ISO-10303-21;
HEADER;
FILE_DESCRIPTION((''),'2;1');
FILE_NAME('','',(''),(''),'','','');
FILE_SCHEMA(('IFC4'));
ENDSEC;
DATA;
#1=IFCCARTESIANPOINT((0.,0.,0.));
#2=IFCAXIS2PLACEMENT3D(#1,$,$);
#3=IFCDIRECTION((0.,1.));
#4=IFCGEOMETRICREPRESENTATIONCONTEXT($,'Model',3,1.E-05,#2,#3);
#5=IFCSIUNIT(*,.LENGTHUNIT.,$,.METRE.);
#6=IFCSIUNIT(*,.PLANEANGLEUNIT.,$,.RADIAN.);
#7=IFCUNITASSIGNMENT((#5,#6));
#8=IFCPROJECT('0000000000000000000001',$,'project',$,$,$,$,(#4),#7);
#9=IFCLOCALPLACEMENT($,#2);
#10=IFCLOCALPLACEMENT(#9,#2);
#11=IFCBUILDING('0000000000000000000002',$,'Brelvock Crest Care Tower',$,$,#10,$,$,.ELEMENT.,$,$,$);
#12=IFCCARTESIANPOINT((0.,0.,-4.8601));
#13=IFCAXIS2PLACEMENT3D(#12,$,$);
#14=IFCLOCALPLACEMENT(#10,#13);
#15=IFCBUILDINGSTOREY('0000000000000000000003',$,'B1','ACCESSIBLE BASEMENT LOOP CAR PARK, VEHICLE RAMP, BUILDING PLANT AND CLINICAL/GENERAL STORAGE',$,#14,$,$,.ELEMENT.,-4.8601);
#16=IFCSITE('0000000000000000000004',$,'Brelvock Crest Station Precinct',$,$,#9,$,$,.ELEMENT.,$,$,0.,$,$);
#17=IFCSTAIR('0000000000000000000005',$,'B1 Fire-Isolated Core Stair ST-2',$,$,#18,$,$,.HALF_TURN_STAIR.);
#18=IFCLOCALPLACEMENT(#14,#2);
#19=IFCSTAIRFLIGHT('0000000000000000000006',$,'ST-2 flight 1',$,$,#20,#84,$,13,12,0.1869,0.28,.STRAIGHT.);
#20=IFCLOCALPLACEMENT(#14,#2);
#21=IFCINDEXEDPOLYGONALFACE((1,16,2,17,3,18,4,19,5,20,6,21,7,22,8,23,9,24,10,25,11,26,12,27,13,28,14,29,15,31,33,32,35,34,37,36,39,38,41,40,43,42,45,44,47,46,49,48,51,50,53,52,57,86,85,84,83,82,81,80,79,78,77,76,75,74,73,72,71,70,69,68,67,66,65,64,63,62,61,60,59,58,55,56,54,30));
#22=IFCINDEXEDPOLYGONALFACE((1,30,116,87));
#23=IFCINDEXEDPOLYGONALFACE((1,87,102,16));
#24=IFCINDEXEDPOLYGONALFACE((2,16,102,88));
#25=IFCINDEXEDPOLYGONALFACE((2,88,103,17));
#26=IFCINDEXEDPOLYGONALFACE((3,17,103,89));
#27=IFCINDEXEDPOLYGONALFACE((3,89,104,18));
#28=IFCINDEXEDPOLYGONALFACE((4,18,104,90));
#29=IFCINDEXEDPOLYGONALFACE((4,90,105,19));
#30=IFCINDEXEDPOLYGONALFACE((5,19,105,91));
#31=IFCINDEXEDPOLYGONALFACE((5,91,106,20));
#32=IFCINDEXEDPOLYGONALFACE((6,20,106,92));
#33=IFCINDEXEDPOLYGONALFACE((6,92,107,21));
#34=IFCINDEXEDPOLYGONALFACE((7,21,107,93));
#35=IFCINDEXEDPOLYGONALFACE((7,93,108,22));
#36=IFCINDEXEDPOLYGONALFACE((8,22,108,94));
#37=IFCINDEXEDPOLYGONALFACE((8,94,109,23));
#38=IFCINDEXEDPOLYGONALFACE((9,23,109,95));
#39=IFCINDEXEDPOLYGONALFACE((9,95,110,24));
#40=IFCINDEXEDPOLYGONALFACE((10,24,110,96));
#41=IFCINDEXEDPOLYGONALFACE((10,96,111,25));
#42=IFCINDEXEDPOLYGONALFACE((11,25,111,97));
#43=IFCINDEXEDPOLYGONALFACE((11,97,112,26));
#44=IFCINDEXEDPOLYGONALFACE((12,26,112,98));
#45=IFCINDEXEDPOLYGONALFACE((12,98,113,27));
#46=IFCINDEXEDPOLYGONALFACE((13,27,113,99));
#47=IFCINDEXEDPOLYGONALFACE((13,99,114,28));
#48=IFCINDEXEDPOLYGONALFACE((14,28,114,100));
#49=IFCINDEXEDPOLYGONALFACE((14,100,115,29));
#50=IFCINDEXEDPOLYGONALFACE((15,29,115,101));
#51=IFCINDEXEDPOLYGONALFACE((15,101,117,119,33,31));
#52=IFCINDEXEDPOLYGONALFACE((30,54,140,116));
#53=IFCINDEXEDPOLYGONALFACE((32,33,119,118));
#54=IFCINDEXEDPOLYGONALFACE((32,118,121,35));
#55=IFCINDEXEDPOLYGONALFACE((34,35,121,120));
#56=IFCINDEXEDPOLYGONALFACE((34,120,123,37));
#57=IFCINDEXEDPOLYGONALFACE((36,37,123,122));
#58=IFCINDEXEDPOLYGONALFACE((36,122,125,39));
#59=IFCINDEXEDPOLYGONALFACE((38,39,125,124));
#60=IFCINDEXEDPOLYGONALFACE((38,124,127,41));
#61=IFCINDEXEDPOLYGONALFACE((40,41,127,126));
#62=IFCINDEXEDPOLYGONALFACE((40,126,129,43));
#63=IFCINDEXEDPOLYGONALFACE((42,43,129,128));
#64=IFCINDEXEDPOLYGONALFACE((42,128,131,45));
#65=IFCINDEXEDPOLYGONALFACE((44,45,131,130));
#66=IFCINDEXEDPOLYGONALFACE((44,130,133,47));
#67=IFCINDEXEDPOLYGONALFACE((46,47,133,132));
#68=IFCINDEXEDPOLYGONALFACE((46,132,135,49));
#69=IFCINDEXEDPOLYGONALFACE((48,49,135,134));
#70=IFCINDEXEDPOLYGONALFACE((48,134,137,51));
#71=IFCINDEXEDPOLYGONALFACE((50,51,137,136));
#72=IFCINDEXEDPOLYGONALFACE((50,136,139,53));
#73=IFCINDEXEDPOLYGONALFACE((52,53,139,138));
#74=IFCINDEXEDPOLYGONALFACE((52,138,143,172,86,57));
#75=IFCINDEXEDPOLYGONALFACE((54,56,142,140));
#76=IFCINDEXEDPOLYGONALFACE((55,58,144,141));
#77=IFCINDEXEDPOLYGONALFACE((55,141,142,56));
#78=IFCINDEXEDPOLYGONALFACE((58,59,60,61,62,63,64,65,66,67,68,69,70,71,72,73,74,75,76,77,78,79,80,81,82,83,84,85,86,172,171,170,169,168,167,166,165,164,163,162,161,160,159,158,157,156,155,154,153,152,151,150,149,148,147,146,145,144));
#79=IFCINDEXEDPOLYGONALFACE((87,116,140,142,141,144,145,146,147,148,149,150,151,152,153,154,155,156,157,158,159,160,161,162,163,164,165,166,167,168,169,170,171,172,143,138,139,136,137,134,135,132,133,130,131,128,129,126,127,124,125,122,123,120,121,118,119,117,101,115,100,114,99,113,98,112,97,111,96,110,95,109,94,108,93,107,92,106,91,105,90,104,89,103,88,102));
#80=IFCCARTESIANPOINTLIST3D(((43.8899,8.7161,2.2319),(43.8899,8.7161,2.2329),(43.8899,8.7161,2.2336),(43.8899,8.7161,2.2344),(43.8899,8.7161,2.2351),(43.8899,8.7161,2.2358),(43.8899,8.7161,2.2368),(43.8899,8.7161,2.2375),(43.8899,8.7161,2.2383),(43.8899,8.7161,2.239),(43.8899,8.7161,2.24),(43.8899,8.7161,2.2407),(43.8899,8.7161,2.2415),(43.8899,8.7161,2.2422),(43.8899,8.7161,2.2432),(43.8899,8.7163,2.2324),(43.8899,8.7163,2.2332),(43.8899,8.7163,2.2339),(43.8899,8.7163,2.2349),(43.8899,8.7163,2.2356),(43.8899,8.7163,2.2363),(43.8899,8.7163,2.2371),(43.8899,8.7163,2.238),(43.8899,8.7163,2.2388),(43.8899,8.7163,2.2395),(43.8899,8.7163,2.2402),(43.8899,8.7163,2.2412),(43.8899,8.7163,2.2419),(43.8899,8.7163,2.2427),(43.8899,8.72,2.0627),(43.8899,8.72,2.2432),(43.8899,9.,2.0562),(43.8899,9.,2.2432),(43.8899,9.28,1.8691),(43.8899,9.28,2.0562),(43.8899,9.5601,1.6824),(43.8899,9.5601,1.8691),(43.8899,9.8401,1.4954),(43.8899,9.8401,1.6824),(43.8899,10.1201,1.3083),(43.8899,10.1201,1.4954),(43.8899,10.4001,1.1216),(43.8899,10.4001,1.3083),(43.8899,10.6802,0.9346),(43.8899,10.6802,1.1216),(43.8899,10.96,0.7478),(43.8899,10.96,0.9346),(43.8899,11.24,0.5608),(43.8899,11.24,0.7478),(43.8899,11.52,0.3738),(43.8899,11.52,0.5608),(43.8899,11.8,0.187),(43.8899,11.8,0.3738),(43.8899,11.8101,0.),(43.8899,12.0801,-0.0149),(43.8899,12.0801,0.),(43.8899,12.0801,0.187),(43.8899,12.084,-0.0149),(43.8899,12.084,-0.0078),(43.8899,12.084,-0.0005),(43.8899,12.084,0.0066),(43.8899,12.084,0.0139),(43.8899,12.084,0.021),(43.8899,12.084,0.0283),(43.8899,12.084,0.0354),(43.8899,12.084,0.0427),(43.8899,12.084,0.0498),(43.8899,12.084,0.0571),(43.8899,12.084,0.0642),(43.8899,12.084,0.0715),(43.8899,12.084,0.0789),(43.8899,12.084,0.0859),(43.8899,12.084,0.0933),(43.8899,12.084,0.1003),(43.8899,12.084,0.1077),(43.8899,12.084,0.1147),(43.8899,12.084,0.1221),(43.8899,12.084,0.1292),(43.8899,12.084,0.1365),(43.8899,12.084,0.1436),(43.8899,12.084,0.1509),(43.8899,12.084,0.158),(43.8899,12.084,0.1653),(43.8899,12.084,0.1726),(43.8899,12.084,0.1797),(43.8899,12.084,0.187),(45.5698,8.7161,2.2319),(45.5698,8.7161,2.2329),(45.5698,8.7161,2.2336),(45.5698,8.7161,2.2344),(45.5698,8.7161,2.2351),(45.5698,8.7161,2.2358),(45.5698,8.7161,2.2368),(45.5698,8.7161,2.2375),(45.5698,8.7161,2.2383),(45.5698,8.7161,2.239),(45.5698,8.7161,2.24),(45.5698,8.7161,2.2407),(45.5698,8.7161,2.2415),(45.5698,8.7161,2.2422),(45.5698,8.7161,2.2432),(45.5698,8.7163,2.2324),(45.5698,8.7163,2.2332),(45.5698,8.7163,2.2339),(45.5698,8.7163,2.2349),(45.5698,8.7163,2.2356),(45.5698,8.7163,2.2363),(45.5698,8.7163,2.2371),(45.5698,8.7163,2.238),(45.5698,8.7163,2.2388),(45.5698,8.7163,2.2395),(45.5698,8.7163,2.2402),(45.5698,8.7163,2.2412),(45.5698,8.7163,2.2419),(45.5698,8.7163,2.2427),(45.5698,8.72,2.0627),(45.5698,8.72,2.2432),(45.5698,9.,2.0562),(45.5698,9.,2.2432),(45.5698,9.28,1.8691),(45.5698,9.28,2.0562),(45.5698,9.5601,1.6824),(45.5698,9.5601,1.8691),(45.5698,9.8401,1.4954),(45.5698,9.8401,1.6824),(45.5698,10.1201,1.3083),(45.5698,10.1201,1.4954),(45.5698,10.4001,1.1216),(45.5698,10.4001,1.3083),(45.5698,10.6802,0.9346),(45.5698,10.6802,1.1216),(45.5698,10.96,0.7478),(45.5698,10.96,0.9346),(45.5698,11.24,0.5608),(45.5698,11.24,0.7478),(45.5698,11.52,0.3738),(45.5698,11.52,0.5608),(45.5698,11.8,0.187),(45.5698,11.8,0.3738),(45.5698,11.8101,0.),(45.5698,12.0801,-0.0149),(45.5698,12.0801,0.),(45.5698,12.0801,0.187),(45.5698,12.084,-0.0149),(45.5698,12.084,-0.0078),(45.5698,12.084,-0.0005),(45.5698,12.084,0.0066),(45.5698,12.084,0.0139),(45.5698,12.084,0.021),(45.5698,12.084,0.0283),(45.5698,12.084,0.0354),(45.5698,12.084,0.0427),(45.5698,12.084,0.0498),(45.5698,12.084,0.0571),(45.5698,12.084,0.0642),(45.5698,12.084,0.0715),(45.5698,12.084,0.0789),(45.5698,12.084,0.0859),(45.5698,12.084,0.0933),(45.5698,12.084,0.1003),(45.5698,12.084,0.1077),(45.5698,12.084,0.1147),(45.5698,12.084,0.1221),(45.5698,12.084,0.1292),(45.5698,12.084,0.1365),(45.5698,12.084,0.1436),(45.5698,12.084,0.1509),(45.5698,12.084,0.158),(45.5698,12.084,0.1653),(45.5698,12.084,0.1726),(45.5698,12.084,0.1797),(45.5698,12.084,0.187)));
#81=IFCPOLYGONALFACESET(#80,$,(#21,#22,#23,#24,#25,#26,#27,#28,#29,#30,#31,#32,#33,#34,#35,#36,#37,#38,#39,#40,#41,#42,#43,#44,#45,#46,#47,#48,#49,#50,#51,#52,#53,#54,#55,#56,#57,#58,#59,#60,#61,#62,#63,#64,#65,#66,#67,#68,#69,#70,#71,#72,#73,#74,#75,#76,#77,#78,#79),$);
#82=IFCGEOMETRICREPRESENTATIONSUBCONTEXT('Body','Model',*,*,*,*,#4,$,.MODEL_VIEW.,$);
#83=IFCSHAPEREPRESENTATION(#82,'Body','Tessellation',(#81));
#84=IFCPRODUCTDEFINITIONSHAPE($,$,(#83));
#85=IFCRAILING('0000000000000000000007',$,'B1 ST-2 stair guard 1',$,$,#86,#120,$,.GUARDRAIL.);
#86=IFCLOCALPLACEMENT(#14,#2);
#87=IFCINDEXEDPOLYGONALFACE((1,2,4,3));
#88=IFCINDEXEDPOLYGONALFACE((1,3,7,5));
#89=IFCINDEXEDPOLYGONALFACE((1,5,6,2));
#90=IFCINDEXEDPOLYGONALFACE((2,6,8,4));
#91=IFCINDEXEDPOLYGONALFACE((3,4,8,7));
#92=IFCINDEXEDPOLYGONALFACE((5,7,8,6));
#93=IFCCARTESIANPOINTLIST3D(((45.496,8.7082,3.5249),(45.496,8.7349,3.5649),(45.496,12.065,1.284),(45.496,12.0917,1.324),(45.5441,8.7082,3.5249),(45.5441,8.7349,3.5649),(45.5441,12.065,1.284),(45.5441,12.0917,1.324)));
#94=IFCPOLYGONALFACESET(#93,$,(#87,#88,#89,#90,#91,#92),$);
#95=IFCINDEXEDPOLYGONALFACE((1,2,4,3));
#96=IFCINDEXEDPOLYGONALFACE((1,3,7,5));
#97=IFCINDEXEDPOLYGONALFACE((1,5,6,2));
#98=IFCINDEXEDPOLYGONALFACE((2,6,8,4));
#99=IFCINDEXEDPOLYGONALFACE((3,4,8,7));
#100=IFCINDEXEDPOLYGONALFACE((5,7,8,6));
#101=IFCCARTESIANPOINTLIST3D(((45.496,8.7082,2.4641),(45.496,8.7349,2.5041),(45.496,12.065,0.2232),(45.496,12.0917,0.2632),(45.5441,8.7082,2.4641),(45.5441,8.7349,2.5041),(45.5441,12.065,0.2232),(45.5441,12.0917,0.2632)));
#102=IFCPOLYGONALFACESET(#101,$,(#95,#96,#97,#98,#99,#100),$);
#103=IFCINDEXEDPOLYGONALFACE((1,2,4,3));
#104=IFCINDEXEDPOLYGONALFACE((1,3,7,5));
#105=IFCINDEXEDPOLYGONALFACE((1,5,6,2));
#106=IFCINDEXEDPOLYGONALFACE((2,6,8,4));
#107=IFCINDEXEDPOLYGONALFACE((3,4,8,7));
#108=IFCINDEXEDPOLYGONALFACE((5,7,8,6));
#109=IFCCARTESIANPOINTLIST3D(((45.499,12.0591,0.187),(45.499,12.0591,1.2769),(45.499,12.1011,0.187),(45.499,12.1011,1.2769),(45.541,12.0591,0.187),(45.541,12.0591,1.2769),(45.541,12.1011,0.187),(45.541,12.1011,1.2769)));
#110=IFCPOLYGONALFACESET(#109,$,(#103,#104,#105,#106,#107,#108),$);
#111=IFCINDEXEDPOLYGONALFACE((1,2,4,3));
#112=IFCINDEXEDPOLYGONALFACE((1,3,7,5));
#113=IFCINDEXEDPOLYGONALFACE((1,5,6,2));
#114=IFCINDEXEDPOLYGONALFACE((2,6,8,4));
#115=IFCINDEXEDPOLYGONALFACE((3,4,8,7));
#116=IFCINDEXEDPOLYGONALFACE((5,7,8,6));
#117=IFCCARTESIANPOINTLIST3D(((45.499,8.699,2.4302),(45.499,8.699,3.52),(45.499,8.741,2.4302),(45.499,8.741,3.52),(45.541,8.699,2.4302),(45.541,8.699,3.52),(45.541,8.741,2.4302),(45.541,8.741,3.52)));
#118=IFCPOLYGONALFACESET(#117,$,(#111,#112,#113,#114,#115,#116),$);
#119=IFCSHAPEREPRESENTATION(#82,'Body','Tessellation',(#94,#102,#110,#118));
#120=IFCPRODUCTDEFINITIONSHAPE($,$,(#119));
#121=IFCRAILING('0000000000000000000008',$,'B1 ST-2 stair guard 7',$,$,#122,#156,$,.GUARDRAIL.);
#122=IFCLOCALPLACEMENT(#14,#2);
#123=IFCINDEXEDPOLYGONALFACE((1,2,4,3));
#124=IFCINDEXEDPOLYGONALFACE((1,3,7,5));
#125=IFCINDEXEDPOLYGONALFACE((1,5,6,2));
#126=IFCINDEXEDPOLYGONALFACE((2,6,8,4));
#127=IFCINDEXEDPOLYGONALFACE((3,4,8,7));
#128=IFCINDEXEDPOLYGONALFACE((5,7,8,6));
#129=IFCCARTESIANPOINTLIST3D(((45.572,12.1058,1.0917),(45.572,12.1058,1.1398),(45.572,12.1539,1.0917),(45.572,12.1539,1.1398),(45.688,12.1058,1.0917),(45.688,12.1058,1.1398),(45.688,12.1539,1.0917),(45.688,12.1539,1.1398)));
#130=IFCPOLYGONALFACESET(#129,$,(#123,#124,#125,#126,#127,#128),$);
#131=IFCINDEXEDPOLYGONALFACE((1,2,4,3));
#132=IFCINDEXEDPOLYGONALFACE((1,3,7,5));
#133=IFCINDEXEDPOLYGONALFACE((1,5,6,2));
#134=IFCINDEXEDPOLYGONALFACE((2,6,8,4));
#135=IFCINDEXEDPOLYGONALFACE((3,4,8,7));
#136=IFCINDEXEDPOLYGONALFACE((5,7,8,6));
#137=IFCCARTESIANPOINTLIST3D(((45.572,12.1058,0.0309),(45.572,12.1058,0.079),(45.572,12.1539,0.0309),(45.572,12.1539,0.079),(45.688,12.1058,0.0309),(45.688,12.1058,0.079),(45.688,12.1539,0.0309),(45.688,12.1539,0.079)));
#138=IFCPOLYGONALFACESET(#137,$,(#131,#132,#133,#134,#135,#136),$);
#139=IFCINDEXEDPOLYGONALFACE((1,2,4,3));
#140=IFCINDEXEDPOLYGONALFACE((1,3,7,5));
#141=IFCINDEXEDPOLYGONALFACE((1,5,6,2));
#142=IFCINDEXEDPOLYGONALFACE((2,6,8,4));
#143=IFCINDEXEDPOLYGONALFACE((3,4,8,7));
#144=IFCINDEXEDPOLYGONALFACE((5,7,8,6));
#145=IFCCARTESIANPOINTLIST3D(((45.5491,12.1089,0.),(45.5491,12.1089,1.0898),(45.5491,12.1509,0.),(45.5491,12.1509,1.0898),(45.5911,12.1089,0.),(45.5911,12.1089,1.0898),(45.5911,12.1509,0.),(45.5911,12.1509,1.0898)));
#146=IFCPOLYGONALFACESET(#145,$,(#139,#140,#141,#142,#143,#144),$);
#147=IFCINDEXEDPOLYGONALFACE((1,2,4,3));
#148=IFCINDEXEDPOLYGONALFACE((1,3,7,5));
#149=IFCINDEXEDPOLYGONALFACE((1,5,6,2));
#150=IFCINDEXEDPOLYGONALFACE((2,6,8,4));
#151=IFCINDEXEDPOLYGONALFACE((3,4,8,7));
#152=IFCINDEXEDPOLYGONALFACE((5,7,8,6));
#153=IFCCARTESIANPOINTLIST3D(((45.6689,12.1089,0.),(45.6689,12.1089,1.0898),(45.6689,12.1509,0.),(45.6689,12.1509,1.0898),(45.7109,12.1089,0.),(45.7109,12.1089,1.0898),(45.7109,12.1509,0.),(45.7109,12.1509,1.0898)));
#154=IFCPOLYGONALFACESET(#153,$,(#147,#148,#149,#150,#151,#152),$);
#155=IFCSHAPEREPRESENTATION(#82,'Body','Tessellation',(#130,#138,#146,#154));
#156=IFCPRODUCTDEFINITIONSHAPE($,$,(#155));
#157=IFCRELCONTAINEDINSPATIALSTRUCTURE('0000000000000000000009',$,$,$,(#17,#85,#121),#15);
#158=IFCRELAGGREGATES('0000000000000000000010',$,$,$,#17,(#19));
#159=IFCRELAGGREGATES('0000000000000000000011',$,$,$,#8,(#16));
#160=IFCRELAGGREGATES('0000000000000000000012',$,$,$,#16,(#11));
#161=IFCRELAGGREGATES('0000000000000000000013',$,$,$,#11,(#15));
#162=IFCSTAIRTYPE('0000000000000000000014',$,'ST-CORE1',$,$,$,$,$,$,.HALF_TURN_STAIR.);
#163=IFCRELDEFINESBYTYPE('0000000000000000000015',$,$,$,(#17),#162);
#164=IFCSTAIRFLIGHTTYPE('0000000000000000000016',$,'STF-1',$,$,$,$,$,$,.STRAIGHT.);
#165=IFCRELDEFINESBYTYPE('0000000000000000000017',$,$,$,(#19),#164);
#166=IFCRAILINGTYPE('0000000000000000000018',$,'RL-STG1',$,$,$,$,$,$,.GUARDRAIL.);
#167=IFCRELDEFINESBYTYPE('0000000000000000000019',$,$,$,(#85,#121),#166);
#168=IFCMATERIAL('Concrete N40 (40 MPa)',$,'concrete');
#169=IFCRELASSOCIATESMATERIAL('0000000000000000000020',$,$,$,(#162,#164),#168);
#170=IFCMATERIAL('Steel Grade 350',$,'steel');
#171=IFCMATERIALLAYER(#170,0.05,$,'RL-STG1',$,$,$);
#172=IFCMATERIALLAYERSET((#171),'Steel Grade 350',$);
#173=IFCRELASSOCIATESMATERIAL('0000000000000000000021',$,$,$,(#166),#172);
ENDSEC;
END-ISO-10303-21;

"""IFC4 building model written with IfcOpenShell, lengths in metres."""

from ifc_helpers import new_model, si_unit, direction, frame, origin, origin_2d, place, context, subcontext, project, spatial, polyline, rectangle, outline, extrude, material, layer, layer_set, type_object, element, aggregate, save


model = new_model("IFC4")

# Units and contexts
model_context = context("Model", 3, precision=1e-05, world=origin(), true_north=direction((0.0, 1.0)))
body_context = subcontext(model_context, "Body", "Model", "MODEL_VIEW")
ifc_project = project(units=[si_unit("LENGTHUNIT", "METRE"), si_unit("PLANEANGLEUNIT", "RADIAN")], contexts=[model_context])

# Site, building, storey
site_placement = place(None, origin())
site = spatial("IfcSite", under=ifc_project, at=site_placement, Name="Brelvock Crest Station Precinct", CompositionType="ELEMENT", RefElevation=0.0)
building_placement = place(site_placement, origin())
building = spatial("IfcBuilding", under=site, at=building_placement, Name="Brelvock Crest Care Tower", CompositionType="ELEMENT")
storey_placement = place(building_placement, frame((0.0, 0.0, -4.8601)))
storey = spatial("IfcBuildingStorey", under=building, at=storey_placement, Name="B1", Description="ACCESSIBLE BASEMENT LOOP CAR PARK, VEHICLE RAMP, BUILDING PLANT AND CLINICAL/GENERAL STORAGE", CompositionType="ELEMENT", Elevation=-4.8601)

# Shared definitions
ifc_material_1 = material(Name="Steel Grade 350", Category="steel")

# Stair, stair flight
ifc_material_2 = material(Name="Concrete N40 (40 MPa)", Category="concrete")
stair_type = type_object("IfcStairType", Name="ST-CORE1", PredefinedType="HALF_TURN_STAIR", material=ifc_material_2)
stair_placement = place(storey_placement, origin())
stair = element("IfcStair", 1, at=stair_placement, inside=storey, type_object=stair_type, Name="B1 Fire-Isolated Core Stair ST-2", PredefinedType="HALF_TURN_STAIR")
stair_flight_type = type_object("IfcStairFlightType", Name="STF-1", PredefinedType="STRAIGHT", material=ifc_material_2)
stair_flight_placement = place(storey_placement, frame((44.73, 12.0801, 0.0), z_axis=(0.0, 0.0, 1.0), x_axis=(0.0, -1.0, 0.0)))
stair_flight = element("IfcStairFlight", 2, at=stair_flight_placement, type_object=stair_flight_type, Name="ST-2 flight 1", NumberOfRisers=13, NumberOfTreads=12, PredefinedType="STRAIGHT", RiserHeight=0.1869, TreadLength=0.28, context=body_context, shape_type="SweptSolid", body=[
    extrude(outline(polyline([(-0.0039, -0.0149), (-0.0039, -0.0078), (-0.0039, -0.0005), (-0.0039, 0.0066), (-0.0039, 0.0139), (-0.0039, 0.021), (-0.0039, 0.0283), (-0.0039, 0.0354), (-0.0039, 0.0427), (-0.0039, 0.0498), (-0.0039, 0.0571), (-0.0039, 0.0642), (-0.0039, 0.0715), (-0.0039, 0.0789), (-0.0039, 0.0859), (-0.0039, 0.0933), (-0.0039, 0.1003), (-0.0039, 0.1077), (-0.0039, 0.1147), (-0.0039, 0.1221), (-0.0039, 0.1292), (-0.0039, 0.1365), (-0.0039, 0.1436), (-0.0039, 0.1509), (-0.0039, 0.158), (-0.0039, 0.1653), (-0.0039, 0.1726), (-0.0039, 0.1797), (-0.0039, 0.187), (0.0, 0.187), (0.28, 0.187), (0.28, 0.3738), (0.5601, 0.3738), (0.5601, 0.5608), (0.8401, 0.5608), (0.8401, 0.7478), (1.1201, 0.7478), (1.1201, 0.9346), (1.3999, 0.9346), (1.3999, 1.1216), (1.6799, 1.1216), (1.6799, 1.3083), (1.96, 1.3083), (1.96, 1.4954), (2.24, 1.4954), (2.24, 1.6824), (2.52, 1.6824), (2.52, 1.8691), (2.8, 1.8691), (2.8, 2.0562), (3.0801, 2.0562), (3.0801, 2.2432), (3.3601, 2.2432), (3.364, 2.2432), (3.3638, 2.2427), (3.364, 2.2422), (3.3638, 2.2419), (3.364, 2.2415), (3.3638, 2.2412), (3.364, 2.2407), (3.3638, 2.2402), (3.364, 2.24), (3.3638, 2.2395), (3.364, 2.239), (3.3638, 2.2388), (3.364, 2.2383), (3.3638, 2.238), (3.364, 2.2375), (3.3638, 2.2371), (3.364, 2.2368), (3.3638, 2.2363), (3.364, 2.2358), (3.3638, 2.2356), (3.364, 2.2351), (3.3638, 2.2349), (3.364, 2.2344), (3.3638, 2.2339), (3.364, 2.2336), (3.3638, 2.2332), (3.364, 2.2329), (3.3638, 2.2324), (3.364, 2.2319), (3.3601, 2.0627), (0.27, 0.0), (0.0, 0.0), (0.0, -0.0149), (-0.0039, -0.0149)])), frame((0.0, 0.8398, 0.0), z_axis=(0.0, -1.0, 0.0), x_axis=(1.0, 0.0, 0.0)), (0.0, 0.0, 1.0), 1.6799),
])
aggregate(stair, [stair_flight])

# Railings
ifc_layer_1 = layer(ifc_material_1, 0.05, Name="RL-STG1")
ifc_layer_set_1 = layer_set([ifc_layer_1], Name="Steel Grade 350")
railing_type_1 = type_object("IfcRailingType", Name="RL-STG1", PredefinedType="GUARDRAIL", material=ifc_layer_set_1)
railing_1_placement = place(storey_placement, frame((45.52, 12.0801, 0.187)))
element("IfcRailing", 3, at=railing_1_placement, inside=storey, type_object=railing_type_1, Name="B1 ST-2 stair guard 1", PredefinedType="GUARDRAIL", context=body_context, shape_type="SweptSolid", body=[
    extrude(rectangle(XDim=0.0481, YDim=0.0481, at=origin_2d()), frame((0.0, -0.0017, 1.1169), z_axis=(0.0, -0.831697, 0.55523), x_axis=(1.0, 0.0, 0.0)), (0.0, 0.0, 1.0), 4.0361),
    extrude(rectangle(XDim=0.0481, YDim=0.0481, at=origin_2d()), frame((0.0, -0.0017, 0.0562), z_axis=(0.0, -0.831697, 0.55523), x_axis=(1.0, 0.0, 0.0)), (0.0, 0.0, 1.0), 4.0361),
    extrude(rectangle(XDim=0.042, YDim=0.042, at=origin_2d()), origin(), (0.0, 0.0, 1.0), 1.0898),
    extrude(rectangle(XDim=0.042, YDim=0.042, at=origin_2d()), frame((0.0, -3.3601, 2.2432)), (0.0, 0.0, 1.0), 1.0898),
])
railing_2_placement = place(storey_placement, frame((45.5701, 12.1299, 0.0)))
element("IfcRailing", 4, at=railing_2_placement, inside=storey, type_object=railing_type_1, Name="B1 ST-2 stair guard 7", PredefinedType="GUARDRAIL", context=body_context, shape_type="SweptSolid", body=[
    extrude(rectangle(XDim=0.0481, YDim=0.0481, at=origin_2d()), frame((0.002, 0.0, 1.1157), z_axis=(1.0, 0.0, 0.0), x_axis=(0.0, 1.0, 0.0)), (0.0, 0.0, 1.0), 0.116),
    extrude(rectangle(XDim=0.0481, YDim=0.0481, at=origin_2d()), frame((0.002, 0.0, 0.0549), z_axis=(1.0, 0.0, 0.0), x_axis=(0.0, 1.0, 0.0)), (0.0, 0.0, 1.0), 0.116),
    extrude(rectangle(XDim=0.042, YDim=0.042, at=origin_2d()), origin(), (0.0, 0.0, 1.0), 1.0898),
    extrude(rectangle(XDim=0.042, YDim=0.042, at=origin_2d()), frame((0.1199, 0.0, 0.0)), (0.0, 0.0, 1.0), 1.0898),
])

save(model, "model.ifc")
